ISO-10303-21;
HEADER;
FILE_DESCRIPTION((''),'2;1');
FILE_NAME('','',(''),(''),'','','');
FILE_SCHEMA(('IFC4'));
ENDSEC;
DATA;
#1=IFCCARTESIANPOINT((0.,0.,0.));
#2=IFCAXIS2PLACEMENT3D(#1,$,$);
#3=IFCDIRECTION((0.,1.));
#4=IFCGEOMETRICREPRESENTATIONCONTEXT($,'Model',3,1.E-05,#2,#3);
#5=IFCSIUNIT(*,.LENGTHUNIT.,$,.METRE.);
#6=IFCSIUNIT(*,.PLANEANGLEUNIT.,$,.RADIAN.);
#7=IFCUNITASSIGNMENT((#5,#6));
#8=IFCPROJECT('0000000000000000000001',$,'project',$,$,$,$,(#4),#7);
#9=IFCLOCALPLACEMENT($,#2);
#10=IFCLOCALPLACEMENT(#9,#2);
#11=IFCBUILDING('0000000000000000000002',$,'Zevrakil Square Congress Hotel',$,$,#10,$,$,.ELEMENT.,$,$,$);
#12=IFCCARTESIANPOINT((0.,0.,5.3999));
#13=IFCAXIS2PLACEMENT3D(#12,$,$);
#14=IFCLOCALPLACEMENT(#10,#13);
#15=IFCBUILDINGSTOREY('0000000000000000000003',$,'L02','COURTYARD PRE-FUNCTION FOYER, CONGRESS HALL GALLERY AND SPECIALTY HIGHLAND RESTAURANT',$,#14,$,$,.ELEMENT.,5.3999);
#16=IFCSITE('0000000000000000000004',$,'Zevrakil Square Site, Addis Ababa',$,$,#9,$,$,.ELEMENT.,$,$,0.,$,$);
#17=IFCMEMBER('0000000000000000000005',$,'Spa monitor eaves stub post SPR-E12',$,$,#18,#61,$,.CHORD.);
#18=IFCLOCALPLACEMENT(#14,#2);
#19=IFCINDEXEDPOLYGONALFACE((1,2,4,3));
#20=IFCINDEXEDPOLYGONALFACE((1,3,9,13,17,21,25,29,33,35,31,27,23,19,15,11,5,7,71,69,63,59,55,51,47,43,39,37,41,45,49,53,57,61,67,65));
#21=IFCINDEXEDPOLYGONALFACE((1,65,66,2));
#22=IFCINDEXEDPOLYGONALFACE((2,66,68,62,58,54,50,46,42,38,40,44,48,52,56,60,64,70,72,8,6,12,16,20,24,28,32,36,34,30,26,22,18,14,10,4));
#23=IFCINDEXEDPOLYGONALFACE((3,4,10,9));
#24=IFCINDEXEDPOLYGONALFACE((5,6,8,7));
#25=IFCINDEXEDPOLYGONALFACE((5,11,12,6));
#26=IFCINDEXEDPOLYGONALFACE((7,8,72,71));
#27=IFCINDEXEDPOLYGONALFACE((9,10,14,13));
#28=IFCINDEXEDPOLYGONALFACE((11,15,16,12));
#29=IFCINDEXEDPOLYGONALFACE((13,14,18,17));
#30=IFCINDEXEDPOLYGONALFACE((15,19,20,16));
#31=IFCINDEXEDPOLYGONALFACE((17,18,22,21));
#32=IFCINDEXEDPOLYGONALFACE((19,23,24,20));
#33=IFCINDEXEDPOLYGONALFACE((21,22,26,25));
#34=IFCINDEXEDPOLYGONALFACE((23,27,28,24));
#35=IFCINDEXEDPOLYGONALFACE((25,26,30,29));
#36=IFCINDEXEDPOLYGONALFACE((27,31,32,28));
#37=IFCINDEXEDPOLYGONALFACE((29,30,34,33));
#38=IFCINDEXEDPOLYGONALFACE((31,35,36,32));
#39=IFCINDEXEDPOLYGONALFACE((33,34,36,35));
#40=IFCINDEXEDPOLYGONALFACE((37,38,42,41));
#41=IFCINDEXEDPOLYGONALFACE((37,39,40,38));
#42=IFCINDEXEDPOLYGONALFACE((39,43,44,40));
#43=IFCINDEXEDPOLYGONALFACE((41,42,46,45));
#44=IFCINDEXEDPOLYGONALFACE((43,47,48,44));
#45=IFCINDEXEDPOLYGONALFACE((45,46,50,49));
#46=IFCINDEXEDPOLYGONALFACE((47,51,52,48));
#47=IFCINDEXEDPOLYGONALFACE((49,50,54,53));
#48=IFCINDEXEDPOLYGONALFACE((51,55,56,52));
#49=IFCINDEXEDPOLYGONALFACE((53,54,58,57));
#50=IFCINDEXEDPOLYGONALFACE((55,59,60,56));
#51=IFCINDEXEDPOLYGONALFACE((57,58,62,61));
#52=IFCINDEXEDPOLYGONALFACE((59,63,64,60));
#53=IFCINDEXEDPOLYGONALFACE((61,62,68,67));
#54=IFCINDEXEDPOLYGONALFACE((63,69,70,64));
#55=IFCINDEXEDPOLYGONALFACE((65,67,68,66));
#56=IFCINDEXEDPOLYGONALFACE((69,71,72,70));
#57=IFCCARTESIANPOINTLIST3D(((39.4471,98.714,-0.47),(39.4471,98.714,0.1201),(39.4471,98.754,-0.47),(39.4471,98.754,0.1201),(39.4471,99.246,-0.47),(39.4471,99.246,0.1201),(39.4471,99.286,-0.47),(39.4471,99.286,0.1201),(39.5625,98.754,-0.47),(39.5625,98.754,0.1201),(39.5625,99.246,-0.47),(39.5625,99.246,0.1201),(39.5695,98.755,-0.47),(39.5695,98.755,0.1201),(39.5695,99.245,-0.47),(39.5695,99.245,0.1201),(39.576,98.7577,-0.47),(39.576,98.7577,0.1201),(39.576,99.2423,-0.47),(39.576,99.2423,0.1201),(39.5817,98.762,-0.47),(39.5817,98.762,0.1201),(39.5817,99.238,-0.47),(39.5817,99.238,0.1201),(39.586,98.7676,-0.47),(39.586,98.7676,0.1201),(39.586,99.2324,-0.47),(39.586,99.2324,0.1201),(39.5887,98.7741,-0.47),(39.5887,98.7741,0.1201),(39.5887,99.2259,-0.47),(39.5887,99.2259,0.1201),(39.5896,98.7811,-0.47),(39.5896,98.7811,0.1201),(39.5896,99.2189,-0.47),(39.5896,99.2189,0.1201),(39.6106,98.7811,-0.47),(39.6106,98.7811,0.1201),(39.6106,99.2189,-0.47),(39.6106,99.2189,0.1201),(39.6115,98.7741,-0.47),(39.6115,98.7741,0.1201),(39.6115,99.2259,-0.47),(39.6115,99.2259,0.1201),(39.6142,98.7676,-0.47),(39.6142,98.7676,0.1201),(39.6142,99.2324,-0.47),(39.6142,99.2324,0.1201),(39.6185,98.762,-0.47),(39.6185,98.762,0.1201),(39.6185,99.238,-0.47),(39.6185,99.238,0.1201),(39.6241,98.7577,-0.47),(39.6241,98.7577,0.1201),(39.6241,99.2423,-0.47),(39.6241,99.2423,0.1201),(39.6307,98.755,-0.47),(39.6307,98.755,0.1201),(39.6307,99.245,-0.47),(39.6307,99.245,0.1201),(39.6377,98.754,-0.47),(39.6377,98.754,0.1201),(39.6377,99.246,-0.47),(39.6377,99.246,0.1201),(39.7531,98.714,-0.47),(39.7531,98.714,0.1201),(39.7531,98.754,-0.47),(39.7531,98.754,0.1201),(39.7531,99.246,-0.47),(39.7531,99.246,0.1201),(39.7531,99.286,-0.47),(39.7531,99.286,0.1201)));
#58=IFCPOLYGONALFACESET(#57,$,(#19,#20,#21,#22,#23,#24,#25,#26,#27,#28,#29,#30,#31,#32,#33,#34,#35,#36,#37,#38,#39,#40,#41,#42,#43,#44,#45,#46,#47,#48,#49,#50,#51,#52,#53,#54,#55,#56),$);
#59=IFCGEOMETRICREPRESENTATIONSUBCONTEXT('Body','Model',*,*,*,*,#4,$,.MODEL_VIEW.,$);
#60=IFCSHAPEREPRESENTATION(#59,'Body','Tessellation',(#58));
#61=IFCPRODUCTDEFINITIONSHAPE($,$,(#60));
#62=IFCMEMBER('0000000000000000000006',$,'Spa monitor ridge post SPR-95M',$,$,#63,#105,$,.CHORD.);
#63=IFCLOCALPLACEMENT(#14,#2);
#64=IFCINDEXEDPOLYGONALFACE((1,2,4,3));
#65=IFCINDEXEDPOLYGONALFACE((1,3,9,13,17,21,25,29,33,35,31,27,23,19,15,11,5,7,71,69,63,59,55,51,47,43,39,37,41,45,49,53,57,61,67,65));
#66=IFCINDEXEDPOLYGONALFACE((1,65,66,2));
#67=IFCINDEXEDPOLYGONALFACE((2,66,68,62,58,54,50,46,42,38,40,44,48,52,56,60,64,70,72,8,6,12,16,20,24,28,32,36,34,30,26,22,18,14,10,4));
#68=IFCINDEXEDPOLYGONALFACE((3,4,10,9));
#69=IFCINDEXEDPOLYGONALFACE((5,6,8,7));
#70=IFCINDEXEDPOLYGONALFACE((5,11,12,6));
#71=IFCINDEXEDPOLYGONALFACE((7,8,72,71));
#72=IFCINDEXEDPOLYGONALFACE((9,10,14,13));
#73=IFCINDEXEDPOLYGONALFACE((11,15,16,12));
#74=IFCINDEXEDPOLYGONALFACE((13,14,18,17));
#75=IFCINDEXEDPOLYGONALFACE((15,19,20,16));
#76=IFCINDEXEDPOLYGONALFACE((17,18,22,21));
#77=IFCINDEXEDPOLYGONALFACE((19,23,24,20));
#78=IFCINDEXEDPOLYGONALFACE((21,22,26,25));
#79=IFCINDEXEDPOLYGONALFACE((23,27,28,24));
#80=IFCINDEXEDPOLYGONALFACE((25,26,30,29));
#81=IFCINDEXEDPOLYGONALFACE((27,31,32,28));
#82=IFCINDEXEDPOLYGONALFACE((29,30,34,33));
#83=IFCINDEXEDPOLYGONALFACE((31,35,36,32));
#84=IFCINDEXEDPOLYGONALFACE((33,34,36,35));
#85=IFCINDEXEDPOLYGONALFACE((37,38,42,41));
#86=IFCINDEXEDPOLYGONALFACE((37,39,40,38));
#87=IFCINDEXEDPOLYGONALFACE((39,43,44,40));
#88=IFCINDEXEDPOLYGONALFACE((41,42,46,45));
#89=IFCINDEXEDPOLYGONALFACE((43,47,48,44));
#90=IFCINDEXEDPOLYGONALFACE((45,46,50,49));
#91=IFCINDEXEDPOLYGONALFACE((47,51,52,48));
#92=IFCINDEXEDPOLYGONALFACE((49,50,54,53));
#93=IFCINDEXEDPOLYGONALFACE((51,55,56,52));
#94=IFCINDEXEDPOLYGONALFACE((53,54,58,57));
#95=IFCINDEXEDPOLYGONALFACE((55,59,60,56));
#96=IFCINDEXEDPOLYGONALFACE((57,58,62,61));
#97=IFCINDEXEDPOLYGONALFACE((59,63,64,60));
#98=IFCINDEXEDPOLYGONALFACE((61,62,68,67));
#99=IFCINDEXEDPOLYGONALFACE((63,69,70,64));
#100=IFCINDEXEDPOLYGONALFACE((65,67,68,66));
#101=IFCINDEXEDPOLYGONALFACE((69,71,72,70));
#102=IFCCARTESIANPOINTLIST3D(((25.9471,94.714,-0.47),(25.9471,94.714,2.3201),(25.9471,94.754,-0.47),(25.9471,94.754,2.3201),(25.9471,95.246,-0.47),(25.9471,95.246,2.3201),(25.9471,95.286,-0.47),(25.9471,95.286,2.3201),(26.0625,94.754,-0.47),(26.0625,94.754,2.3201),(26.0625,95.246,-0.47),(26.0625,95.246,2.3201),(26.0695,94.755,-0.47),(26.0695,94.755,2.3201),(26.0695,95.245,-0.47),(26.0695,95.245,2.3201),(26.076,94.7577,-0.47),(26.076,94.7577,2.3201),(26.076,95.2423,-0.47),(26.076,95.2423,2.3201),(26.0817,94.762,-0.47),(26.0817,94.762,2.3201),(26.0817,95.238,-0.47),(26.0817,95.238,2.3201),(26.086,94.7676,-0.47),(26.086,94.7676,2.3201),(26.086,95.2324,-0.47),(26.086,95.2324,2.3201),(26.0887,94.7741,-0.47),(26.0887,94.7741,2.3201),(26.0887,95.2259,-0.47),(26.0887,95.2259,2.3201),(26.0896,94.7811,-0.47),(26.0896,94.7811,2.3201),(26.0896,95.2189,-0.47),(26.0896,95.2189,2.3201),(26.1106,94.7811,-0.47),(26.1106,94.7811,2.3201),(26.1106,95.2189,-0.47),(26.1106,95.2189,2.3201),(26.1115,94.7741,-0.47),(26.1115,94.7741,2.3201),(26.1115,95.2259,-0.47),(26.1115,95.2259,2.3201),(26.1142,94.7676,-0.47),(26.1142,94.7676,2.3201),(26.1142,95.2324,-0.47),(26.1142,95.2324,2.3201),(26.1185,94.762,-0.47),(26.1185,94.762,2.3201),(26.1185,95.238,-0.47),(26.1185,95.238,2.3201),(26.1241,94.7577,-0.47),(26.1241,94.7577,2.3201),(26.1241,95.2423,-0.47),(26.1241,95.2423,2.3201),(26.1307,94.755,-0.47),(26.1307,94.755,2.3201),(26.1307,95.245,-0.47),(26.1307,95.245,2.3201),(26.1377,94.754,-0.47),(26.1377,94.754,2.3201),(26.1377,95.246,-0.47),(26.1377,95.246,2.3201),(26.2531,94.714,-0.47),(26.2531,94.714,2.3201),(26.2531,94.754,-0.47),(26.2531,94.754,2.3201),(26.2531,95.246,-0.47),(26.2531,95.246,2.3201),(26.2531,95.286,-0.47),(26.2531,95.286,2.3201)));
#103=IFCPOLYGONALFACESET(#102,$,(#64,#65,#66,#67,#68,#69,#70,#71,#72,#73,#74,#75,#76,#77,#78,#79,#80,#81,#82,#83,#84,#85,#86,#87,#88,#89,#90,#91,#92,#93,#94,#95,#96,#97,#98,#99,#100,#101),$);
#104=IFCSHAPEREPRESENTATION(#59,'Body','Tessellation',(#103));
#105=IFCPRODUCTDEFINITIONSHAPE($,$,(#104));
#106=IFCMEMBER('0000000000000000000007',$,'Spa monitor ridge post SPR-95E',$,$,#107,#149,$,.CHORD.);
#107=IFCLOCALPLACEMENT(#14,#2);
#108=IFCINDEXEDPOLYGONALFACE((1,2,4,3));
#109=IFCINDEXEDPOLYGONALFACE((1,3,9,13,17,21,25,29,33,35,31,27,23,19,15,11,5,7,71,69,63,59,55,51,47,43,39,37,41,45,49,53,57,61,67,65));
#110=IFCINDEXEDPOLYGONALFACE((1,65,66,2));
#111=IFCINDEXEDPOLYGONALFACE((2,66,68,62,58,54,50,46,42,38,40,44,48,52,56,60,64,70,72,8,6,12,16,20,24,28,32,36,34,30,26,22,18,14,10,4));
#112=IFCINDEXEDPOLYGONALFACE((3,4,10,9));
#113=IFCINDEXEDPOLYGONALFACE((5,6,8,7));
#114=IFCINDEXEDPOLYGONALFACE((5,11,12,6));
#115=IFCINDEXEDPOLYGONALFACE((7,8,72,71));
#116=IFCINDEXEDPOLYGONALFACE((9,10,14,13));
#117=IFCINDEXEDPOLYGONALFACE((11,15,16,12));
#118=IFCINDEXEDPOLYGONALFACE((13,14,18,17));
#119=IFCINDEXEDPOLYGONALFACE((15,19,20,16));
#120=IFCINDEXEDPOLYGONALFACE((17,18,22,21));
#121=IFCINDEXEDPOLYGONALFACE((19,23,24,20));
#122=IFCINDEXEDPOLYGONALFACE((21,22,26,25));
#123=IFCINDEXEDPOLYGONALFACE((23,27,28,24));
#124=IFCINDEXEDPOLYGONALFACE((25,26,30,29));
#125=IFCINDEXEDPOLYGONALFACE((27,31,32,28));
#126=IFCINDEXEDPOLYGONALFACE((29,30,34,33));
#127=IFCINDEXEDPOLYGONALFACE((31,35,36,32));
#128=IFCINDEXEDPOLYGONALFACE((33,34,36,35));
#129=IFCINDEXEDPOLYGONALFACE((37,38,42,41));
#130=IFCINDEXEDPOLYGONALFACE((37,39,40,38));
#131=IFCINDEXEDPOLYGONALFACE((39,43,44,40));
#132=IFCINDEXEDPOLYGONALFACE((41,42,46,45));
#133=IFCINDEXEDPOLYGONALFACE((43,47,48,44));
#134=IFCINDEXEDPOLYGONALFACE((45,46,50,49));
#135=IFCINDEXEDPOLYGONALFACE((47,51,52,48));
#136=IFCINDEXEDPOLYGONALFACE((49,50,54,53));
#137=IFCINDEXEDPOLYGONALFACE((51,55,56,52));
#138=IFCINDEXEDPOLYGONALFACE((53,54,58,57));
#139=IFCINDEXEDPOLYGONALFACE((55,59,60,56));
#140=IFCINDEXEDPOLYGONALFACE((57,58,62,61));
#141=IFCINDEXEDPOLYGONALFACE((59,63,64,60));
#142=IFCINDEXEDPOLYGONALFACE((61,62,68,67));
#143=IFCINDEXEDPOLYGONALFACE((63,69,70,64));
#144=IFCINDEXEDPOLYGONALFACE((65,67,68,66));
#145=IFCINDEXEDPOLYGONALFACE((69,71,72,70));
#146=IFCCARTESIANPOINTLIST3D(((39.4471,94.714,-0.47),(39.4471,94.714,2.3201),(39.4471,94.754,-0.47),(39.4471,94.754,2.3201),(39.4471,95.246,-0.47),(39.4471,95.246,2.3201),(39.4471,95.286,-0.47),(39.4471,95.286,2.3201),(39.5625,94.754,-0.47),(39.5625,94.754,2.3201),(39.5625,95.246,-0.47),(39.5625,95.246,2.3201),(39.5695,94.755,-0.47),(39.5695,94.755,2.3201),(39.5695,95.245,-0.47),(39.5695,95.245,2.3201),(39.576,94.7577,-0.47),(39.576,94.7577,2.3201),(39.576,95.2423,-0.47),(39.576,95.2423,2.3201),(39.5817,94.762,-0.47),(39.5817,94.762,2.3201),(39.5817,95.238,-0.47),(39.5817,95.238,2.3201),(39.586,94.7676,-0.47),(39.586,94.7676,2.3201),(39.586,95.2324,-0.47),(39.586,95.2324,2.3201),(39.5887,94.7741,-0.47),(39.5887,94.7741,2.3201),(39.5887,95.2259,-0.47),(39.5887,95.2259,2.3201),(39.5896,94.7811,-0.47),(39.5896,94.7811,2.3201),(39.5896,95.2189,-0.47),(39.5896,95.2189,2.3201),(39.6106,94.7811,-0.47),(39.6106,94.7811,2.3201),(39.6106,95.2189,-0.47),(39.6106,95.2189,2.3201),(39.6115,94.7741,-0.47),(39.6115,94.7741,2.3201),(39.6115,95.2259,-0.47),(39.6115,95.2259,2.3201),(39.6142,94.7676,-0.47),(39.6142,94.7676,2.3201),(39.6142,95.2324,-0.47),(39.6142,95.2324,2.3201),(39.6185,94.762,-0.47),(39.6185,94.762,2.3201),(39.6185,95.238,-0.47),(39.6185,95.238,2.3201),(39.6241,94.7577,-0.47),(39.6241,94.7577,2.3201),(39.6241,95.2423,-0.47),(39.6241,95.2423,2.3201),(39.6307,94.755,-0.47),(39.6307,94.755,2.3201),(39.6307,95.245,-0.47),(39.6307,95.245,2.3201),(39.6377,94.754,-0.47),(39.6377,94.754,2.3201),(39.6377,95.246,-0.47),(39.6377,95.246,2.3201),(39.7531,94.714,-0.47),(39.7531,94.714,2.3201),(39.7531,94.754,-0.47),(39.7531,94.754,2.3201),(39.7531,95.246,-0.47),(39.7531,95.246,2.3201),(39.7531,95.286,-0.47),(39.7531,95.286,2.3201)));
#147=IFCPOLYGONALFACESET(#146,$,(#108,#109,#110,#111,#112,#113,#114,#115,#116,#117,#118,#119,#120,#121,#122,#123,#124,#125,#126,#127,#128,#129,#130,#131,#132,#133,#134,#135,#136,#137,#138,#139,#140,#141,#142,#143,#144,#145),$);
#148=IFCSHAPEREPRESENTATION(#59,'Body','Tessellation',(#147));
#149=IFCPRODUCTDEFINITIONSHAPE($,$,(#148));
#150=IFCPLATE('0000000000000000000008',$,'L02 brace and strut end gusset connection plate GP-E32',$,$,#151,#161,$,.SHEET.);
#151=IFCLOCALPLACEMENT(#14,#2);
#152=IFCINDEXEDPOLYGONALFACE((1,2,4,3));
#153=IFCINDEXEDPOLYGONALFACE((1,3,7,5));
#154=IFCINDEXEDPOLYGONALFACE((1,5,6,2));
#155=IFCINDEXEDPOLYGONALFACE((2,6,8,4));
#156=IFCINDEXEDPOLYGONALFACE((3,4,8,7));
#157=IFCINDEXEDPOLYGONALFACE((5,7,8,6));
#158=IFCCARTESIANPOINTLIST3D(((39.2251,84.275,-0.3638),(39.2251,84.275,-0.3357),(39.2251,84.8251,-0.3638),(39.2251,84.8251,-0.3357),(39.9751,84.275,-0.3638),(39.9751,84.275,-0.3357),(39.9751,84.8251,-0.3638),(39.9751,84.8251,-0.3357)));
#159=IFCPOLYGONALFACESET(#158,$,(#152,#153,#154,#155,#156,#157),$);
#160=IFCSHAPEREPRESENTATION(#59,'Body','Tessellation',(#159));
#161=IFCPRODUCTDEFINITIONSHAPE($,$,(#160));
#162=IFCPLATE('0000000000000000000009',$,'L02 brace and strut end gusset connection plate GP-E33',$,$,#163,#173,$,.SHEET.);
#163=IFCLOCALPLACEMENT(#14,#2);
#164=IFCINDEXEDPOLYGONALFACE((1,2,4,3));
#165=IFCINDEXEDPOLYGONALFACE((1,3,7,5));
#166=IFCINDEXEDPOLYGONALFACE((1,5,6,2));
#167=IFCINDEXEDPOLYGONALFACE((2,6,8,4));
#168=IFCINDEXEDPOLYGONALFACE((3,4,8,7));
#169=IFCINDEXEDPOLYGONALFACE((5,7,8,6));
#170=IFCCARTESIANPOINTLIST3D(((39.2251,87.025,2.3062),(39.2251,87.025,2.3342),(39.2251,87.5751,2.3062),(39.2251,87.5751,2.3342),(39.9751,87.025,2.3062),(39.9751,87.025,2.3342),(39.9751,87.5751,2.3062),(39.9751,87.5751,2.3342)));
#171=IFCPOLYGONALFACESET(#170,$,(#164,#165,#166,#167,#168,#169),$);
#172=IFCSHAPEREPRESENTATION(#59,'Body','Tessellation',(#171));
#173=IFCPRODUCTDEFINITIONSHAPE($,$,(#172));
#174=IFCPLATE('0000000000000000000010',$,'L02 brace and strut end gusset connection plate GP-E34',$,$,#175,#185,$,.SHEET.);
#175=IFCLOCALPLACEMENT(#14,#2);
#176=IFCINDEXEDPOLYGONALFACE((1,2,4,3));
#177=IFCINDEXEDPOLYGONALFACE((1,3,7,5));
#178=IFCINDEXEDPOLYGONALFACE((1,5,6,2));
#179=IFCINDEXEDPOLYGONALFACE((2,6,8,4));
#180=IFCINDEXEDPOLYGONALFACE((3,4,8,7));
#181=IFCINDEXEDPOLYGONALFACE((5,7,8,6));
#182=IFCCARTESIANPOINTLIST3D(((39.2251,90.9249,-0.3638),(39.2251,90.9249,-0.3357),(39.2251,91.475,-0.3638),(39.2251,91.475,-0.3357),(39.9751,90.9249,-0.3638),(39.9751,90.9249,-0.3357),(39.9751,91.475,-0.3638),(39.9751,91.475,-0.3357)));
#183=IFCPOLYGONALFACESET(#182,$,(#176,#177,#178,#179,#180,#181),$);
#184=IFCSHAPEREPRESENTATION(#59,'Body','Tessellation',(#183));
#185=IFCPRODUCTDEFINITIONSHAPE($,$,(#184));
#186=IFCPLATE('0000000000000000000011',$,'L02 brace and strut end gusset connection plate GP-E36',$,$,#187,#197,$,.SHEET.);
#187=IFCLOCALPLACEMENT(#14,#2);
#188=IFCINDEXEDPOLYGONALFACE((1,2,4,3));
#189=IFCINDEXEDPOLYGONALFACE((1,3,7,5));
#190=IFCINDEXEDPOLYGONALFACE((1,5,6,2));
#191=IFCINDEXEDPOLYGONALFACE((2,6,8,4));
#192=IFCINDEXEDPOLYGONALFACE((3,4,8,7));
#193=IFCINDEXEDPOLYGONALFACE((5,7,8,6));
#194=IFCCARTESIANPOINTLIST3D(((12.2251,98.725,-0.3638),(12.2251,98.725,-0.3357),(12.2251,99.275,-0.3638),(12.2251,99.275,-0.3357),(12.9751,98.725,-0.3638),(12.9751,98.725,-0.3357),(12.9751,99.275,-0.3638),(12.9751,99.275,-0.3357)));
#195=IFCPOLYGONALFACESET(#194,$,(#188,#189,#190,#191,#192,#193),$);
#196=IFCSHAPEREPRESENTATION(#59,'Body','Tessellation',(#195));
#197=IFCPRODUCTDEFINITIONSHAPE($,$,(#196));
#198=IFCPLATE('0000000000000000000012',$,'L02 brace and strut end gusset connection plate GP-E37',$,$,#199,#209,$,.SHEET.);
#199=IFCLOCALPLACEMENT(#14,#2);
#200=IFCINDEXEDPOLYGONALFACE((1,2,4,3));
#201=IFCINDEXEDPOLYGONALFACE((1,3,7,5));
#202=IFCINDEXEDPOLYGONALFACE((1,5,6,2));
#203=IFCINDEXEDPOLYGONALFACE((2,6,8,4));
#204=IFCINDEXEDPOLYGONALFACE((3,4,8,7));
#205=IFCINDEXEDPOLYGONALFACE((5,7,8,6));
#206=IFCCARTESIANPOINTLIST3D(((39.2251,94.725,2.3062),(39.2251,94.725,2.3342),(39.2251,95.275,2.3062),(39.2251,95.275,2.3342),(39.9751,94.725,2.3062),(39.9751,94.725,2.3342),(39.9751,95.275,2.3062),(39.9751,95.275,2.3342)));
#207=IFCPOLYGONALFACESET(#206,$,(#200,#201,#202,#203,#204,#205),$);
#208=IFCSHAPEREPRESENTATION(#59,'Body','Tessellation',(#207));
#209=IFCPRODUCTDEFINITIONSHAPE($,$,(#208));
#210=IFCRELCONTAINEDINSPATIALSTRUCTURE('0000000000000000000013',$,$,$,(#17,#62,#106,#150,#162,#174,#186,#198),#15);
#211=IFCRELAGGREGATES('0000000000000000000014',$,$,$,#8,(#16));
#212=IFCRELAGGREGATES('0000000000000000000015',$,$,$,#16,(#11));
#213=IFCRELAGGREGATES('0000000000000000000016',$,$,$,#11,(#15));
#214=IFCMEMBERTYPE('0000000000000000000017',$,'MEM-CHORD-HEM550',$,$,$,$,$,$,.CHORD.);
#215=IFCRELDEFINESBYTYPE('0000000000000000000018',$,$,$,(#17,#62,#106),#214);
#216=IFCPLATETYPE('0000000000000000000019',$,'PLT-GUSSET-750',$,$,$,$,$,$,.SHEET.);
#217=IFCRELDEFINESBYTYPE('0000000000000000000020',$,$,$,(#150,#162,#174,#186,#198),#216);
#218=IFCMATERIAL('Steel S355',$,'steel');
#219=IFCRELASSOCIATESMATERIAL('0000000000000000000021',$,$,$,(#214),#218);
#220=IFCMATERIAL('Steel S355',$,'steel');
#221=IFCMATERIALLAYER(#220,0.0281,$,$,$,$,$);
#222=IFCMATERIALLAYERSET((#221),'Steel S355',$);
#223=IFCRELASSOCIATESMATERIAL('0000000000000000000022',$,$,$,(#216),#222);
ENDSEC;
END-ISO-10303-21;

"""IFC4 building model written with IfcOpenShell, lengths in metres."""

from ifc_helpers import new_model, si_unit, direction, frame, origin, origin_2d, place, context, subcontext, project, spatial, rectangle, i_section, extrude, material, layer, layer_set, material_profile, profile_set, type_object, element, save


model = new_model("IFC4")

# Units and contexts
model_context = context("Model", 3, precision=1e-05, world=origin(), true_north=direction((0.0, 1.0)))
body_context = subcontext(model_context, "Body", "Model", "MODEL_VIEW")
ifc_project = project(units=[si_unit("LENGTHUNIT", "METRE"), si_unit("PLANEANGLEUNIT", "RADIAN")], contexts=[model_context])

# Site, building, storey
site_placement = place(None, origin())
site = spatial("IfcSite", under=ifc_project, at=site_placement, Name="Zevrakil Square Site, Addis Ababa", CompositionType="ELEMENT", RefElevation=0.0)
building_placement = place(site_placement, origin())
building = spatial("IfcBuilding", under=site, at=building_placement, Name="Zevrakil Square Congress Hotel", CompositionType="ELEMENT")
storey_placement = place(building_placement, frame((0.0, 0.0, 5.3999)))
storey = spatial("IfcBuildingStorey", under=building, at=storey_placement, Name="L02", Description="COURTYARD PRE-FUNCTION FOYER, CONGRESS HALL GALLERY AND SPECIALTY HIGHLAND RESTAURANT", CompositionType="ELEMENT", Elevation=5.3999)

# Members
ifc_material_1 = material(Name="Steel S355", Category="steel")
ifc_material_profile_1 = material_profile(ifc_material_1, i_section(OverallWidth=0.3059, OverallDepth=0.572, WebThickness=0.021, FlangeThickness=0.04, FilletRadius=0.0271, at=origin_2d()), Name="HEM 550")
ifc_profile_set_1 = profile_set([ifc_material_profile_1], Name="Steel S355")
member_type_1 = type_object("IfcMemberType", Name="MEM-CHORD-HEM550", PredefinedType="CHORD", material=ifc_profile_set_1)
for number, where, z_axis, x_axis, name in (
    (1, (39.6001, 99.0, -0.47), (0.0, 0.0, 1.0), (1.0, 0.0, 0.0), "Spa monitor eaves stub post SPR-E12"),
):
    element("IfcMember", number, at=place(storey_placement, frame(where, z_axis=z_axis, x_axis=x_axis)), inside=storey, type_object=member_type_1, Name=name, PredefinedType="CHORD", context=body_context, shape_type="SweptSolid", body=[
        extrude(i_section(OverallWidth=0.3059, OverallDepth=0.572, WebThickness=0.021, FlangeThickness=0.04, FilletRadius=0.0271, at=origin_2d()), origin(), (0.0, 0.0, 1.0), 0.5901),
    ])
for number, where, z_axis, x_axis, name in (
    (2, (26.1001, 95.0, -0.47), (0.0, 0.0, 1.0), (1.0, 0.0, 0.0), "Spa monitor ridge post SPR-95M"),
    (3, (39.6001, 95.0, -0.47), (0.0, 0.0, 1.0), (1.0, 0.0, 0.0), "Spa monitor ridge post SPR-95E"),
):
    element("IfcMember", number, at=place(storey_placement, frame(where, z_axis=z_axis, x_axis=x_axis)), inside=storey, type_object=member_type_1, Name=name, PredefinedType="CHORD", context=body_context, shape_type="SweptSolid", body=[
        extrude(i_section(OverallWidth=0.3059, OverallDepth=0.572, WebThickness=0.021, FlangeThickness=0.04, FilletRadius=0.0271, at=origin_2d()), origin(), (0.0, 0.0, 1.0), 2.79),
    ])

# Plates
ifc_material_2 = material(Name="Steel S355", Category="steel")
ifc_layer = layer(ifc_material_2, 0.0281)
ifc_layer_set = layer_set([ifc_layer], Name="Steel S355")
plate_type = type_object("IfcPlateType", Name="PLT-GUSSET-750", PredefinedType="SHEET", material=ifc_layer_set)
for number, where, z_axis, x_axis, name in (
    (4, (39.6001, 84.55, -0.3638), (0.0, 0.0, 1.0), (1.0, 0.0, 0.0), "L02 brace and strut end gusset connection plate GP-E32"),
    (5, (39.6001, 87.3, 2.3062), (0.0, 0.0, 1.0), (1.0, 0.0, 0.0), "L02 brace and strut end gusset connection plate GP-E33"),
    (6, (39.6001, 91.2, -0.3638), (0.0, 0.0, 1.0), (1.0, 0.0, 0.0), "L02 brace and strut end gusset connection plate GP-E34"),
    (7, (12.6001, 99.0, -0.3638), (0.0, 0.0, 1.0), (1.0, 0.0, 0.0), "L02 brace and strut end gusset connection plate GP-E36"),
    (8, (39.6001, 95.0, 2.3062), (0.0, 0.0, 1.0), (1.0, 0.0, 0.0), "L02 brace and strut end gusset connection plate GP-E37"),
):
    element("IfcPlate", number, at=place(storey_placement, frame(where, z_axis=z_axis, x_axis=x_axis)), inside=storey, type_object=plate_type, Name=name, PredefinedType="SHEET", context=body_context, shape_type="SweptSolid", body=[
        extrude(rectangle(XDim=0.75, YDim=0.55, at=origin_2d()), origin(), (0.0, 0.0, 1.0), 0.0281),
    ])

save(model, "model.ifc")
